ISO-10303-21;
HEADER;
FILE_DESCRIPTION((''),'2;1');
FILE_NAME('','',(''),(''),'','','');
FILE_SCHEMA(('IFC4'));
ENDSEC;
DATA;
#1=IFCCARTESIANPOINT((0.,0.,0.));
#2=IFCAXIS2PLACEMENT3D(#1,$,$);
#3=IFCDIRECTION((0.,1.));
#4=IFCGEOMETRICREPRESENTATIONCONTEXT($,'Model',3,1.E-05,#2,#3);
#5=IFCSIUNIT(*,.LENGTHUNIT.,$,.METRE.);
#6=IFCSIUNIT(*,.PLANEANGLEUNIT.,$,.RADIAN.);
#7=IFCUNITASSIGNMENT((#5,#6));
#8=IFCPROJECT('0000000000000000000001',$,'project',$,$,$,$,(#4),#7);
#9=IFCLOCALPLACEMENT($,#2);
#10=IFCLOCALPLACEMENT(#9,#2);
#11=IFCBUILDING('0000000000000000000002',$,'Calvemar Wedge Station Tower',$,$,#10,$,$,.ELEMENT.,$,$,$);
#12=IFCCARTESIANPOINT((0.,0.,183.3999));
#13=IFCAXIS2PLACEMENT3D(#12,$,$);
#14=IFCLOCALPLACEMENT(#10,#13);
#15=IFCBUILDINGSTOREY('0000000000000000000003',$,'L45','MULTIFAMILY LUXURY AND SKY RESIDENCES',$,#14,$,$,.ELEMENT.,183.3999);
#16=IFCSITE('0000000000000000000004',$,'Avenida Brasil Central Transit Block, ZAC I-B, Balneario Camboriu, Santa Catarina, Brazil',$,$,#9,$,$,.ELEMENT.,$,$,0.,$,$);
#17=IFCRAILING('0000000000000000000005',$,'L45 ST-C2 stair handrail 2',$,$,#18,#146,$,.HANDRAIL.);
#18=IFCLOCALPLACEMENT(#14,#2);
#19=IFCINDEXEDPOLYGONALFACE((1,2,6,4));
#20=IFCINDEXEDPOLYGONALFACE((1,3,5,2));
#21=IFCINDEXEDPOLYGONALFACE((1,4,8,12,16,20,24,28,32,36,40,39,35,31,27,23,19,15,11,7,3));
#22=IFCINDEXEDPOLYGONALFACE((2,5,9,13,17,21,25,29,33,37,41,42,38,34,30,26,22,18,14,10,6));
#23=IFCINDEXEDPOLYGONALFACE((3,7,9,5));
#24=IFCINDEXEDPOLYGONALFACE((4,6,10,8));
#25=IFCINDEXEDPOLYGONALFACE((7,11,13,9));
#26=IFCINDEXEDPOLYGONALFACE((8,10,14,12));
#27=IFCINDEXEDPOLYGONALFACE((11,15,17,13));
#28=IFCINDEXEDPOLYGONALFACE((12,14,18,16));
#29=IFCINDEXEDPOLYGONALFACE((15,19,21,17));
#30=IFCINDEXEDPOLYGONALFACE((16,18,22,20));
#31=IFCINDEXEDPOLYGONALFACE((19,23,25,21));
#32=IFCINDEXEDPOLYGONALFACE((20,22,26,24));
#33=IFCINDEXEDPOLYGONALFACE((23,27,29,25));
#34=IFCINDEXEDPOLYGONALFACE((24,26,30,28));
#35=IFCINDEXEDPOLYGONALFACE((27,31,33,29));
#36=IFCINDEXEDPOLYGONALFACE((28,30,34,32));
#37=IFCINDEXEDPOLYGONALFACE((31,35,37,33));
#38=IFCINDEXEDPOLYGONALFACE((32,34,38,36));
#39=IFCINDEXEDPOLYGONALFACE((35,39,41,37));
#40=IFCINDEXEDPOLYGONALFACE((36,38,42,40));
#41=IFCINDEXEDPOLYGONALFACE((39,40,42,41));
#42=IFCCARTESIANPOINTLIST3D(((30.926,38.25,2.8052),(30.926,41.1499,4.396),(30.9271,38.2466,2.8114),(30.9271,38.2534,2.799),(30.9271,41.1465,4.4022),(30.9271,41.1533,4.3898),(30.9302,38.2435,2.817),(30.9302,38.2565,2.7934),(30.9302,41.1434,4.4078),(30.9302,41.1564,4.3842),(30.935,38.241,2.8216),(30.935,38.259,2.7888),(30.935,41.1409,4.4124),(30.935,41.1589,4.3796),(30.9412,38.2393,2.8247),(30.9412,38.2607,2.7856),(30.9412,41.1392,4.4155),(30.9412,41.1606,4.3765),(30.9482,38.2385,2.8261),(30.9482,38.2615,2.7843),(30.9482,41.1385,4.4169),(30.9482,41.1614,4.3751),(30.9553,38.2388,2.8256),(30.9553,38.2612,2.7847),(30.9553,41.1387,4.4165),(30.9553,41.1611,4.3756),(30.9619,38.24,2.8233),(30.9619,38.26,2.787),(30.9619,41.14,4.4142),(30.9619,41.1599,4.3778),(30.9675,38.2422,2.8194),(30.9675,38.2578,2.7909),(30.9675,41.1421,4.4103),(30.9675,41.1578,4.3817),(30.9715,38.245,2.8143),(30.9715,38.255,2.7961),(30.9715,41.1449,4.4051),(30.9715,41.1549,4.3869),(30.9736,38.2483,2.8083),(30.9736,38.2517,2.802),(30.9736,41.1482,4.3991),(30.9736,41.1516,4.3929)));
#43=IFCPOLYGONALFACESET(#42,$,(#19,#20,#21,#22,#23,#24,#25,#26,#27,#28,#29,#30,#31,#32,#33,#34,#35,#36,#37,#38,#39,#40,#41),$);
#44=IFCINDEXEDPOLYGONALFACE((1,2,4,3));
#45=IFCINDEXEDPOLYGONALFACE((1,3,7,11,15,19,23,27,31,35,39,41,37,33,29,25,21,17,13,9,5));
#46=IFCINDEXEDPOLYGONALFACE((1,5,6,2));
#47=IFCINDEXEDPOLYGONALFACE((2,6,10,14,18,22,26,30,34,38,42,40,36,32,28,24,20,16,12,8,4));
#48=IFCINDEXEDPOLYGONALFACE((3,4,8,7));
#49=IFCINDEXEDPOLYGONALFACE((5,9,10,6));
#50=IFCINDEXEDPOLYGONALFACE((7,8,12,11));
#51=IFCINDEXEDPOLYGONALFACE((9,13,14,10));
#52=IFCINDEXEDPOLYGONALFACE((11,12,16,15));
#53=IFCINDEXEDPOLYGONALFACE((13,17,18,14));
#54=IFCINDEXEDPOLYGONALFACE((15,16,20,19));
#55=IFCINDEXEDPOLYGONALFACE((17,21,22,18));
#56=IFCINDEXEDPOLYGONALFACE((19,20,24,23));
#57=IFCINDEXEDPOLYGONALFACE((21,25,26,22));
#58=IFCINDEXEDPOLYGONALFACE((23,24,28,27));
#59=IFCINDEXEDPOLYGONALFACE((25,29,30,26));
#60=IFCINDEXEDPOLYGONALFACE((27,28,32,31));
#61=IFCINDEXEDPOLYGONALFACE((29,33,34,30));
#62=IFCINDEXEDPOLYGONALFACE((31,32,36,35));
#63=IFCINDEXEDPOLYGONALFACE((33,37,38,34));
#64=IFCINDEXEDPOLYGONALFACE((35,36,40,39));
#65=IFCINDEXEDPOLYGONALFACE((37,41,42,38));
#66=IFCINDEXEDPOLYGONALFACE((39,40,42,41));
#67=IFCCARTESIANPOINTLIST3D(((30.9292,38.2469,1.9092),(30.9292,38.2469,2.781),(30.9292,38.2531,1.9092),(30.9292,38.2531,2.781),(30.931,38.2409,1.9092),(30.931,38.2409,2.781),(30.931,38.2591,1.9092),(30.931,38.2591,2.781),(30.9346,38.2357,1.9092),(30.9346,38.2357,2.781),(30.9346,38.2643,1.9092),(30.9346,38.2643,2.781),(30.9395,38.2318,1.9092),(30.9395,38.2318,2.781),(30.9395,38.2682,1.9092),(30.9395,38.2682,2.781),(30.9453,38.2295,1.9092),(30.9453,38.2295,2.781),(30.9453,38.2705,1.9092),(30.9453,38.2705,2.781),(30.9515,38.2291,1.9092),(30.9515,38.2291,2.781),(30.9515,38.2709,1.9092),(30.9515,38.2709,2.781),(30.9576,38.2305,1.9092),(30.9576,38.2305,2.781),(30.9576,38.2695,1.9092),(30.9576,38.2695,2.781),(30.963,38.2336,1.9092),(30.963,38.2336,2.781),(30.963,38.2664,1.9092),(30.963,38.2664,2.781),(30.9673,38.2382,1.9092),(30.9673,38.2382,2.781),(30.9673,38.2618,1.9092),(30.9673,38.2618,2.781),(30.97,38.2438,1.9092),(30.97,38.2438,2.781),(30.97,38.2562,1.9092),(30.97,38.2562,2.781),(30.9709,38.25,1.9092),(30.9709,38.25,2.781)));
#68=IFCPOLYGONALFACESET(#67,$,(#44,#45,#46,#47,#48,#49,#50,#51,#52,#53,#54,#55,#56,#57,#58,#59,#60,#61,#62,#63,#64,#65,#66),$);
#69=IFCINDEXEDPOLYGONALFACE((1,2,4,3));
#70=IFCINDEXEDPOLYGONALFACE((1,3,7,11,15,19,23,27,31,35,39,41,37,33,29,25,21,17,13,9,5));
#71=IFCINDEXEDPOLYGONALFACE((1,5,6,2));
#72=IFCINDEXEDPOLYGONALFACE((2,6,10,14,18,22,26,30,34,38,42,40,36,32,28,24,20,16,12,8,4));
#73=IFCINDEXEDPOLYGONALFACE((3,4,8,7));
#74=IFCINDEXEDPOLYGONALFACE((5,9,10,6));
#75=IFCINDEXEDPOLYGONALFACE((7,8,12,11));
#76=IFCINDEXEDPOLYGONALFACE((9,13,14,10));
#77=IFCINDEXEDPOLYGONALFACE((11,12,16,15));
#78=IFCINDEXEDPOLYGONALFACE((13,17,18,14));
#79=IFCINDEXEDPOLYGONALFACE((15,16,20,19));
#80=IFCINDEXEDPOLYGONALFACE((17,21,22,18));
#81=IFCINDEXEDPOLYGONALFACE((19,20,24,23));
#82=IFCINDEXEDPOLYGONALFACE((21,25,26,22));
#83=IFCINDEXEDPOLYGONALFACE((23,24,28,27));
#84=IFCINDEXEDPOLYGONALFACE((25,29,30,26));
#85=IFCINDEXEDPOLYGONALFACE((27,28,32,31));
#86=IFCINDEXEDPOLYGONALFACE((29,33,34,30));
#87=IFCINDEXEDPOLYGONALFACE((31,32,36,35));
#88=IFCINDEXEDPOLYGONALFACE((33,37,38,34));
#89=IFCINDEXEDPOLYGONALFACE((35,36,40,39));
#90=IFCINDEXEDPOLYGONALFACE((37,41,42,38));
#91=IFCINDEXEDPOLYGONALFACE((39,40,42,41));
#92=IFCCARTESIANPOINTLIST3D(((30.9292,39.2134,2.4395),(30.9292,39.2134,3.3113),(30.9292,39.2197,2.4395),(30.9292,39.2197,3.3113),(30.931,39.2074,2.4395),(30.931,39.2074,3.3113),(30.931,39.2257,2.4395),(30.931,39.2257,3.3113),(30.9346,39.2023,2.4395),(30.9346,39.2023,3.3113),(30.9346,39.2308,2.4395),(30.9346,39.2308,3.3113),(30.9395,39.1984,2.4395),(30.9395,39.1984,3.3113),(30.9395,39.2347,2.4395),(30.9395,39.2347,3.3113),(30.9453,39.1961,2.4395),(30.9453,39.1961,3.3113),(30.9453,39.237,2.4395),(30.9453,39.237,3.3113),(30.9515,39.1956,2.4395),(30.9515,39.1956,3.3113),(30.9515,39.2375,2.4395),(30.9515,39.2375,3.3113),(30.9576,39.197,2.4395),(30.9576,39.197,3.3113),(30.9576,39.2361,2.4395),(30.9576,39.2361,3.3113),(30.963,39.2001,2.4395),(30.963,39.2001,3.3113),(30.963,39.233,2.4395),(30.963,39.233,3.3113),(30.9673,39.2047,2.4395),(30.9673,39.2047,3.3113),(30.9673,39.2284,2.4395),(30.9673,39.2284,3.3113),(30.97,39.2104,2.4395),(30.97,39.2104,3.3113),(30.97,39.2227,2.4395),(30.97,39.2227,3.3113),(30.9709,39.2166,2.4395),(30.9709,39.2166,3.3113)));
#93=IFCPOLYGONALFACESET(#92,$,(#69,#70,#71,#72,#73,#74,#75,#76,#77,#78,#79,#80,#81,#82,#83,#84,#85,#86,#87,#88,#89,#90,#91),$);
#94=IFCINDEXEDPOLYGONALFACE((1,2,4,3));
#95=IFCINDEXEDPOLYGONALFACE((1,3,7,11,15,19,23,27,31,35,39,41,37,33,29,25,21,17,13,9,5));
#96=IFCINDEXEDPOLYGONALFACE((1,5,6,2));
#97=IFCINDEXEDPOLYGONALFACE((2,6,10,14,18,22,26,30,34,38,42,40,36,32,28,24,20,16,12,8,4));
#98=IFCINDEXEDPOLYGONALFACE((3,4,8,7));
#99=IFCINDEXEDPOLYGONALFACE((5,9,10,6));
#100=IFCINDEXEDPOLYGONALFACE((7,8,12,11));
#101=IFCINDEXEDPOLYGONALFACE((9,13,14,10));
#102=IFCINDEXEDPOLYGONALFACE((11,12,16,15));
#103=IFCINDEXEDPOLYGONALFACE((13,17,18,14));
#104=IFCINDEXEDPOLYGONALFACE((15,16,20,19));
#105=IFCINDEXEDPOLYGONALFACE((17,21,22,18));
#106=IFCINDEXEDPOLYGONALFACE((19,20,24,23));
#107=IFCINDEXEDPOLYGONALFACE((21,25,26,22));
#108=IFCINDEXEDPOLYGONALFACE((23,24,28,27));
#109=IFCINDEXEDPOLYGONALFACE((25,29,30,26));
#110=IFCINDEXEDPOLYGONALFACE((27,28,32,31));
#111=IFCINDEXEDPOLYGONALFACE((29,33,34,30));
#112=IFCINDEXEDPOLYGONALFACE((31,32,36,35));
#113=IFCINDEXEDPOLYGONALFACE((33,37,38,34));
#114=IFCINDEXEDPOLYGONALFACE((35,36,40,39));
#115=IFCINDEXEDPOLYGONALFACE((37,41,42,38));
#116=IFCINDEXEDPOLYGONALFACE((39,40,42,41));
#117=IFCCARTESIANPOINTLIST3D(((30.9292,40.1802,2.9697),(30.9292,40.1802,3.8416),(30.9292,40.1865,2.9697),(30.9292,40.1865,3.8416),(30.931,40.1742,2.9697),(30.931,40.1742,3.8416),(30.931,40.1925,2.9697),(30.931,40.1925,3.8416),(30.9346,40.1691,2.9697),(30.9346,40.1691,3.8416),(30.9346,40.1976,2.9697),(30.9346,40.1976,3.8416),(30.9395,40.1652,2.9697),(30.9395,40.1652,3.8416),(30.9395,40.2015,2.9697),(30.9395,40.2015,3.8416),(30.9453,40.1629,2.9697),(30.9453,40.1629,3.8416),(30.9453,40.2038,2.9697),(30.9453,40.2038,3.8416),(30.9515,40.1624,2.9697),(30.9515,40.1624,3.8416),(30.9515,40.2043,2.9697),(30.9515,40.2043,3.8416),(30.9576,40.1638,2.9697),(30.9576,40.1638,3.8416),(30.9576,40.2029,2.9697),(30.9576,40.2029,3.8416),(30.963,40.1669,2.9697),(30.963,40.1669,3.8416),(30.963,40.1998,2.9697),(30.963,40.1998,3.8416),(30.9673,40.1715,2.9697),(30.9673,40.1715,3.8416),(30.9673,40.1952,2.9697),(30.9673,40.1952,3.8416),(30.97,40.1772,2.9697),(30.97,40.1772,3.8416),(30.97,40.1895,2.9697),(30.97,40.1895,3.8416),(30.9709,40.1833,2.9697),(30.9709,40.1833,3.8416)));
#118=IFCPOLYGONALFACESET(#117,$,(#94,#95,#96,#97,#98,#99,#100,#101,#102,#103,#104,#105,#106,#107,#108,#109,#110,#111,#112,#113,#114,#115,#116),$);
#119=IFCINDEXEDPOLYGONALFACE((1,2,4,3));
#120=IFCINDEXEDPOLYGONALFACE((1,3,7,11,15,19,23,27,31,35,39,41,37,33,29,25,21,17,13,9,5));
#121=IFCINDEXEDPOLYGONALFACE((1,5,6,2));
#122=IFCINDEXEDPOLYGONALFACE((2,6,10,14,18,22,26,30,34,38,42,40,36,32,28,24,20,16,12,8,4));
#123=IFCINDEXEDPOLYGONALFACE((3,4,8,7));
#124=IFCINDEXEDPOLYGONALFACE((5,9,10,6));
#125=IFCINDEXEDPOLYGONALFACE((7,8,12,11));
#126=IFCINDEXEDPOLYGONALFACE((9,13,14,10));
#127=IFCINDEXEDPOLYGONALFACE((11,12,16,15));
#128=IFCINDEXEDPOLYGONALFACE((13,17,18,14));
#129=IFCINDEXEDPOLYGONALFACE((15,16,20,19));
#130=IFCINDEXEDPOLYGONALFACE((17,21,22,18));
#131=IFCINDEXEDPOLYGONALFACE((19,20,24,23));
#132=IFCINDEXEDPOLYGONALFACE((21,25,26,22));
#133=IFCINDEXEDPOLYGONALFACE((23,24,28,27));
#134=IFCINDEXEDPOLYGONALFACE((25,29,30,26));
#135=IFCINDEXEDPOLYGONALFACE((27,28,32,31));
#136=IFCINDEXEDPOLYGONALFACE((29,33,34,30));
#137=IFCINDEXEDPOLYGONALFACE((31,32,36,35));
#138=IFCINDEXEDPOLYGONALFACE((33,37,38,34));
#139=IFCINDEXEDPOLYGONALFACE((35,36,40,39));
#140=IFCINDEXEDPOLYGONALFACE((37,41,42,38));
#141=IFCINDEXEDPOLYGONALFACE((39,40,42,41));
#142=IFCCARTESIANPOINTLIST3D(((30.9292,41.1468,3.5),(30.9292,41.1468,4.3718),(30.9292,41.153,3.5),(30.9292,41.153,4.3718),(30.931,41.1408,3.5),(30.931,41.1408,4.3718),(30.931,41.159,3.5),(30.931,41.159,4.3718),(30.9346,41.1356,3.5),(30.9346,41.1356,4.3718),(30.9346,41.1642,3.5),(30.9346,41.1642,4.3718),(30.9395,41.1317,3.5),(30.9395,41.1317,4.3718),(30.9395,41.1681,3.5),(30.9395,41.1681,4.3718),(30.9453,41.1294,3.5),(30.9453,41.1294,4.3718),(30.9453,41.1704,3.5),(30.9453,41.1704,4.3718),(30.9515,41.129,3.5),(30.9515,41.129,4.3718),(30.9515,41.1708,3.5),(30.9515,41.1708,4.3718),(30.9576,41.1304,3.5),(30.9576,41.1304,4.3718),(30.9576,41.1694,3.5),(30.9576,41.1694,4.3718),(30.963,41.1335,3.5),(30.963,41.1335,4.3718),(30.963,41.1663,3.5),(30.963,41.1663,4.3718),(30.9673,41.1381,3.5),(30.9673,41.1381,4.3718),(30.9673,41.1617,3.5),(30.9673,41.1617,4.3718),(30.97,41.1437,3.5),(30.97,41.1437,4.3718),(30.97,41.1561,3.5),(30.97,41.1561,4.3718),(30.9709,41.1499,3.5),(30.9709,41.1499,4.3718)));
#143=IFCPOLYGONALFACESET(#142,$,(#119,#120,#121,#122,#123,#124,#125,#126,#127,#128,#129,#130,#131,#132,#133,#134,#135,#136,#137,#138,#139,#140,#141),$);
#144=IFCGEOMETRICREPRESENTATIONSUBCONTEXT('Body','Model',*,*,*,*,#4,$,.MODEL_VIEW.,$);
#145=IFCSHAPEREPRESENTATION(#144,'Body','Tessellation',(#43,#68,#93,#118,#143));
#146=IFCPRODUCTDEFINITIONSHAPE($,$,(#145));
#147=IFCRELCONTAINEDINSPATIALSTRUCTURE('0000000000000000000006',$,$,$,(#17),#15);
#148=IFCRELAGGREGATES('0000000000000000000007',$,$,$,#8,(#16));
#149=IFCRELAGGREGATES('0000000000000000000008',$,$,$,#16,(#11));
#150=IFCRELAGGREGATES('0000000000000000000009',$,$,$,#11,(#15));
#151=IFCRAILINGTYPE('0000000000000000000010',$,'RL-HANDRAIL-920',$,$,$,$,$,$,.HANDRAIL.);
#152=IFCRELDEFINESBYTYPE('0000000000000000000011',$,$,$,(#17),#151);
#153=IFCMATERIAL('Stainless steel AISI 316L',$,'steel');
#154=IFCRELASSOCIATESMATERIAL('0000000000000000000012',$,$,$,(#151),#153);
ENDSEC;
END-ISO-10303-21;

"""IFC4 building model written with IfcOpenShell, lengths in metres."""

from ifc_helpers import new_model, si_unit, direction, frame, origin, origin_2d, place, context, subcontext, project, spatial, circle, extrude, material, type_object, element, save


model = new_model("IFC4")

# Units and contexts
model_context = context("Model", 3, precision=1e-05, world=origin(), true_north=direction((0.0, 1.0)))
body_context = subcontext(model_context, "Body", "Model", "MODEL_VIEW")
ifc_project = project(units=[si_unit("LENGTHUNIT", "METRE"), si_unit("PLANEANGLEUNIT", "RADIAN")], contexts=[model_context])

# Site, building, storey
site_placement = place(None, origin())
site = spatial("IfcSite", under=ifc_project, at=site_placement, Name="Avenida Brasil Central Transit Block, ZAC I-B, Balneario Camboriu, Santa Catarina, Brazil", CompositionType="ELEMENT", RefElevation=0.0)
building_placement = place(site_placement, origin())
building = spatial("IfcBuilding", under=site, at=building_placement, Name="Calvemar Wedge Station Tower", CompositionType="ELEMENT")
storey_placement = place(building_placement, frame((0.0, 0.0, 183.3999)))
storey = spatial("IfcBuildingStorey", under=building, at=storey_placement, Name="L45", Description="MULTIFAMILY LUXURY AND SKY RESIDENCES", CompositionType="ELEMENT", Elevation=183.3999)

# Railing
ifc_material_1 = material(Name="Stainless steel AISI 316L", Category="steel")
railing_type_1 = type_object("IfcRailingType", Name="RL-HANDRAIL-920", PredefinedType="HANDRAIL", material=ifc_material_1)
railing_1_placement = place(storey_placement, frame((30.95, 38.25, 1.9092)))
element("IfcRailing", 1, at=railing_1_placement, inside=storey, type_object=railing_type_1, Name="L45 ST-C2 stair handrail 2", PredefinedType="HANDRAIL", context=body_context, shape_type="SweptSolid", body=[
    extrude(circle(Radius=0.0239, at=origin_2d()), frame((0.0, 0.0, 0.896), z_axis=(0.0, 0.876742, 0.480961), x_axis=(-1.0, 0.0, 0.0)), (0.0, 0.0, 1.0), 3.3076),
    extrude(circle(Radius=0.021, at=origin_2d()), origin(), (0.0, 0.0, 1.0), 0.8718),
    extrude(circle(Radius=0.021, at=origin_2d()), frame((0.0, 0.9666, 0.5303)), (0.0, 0.0, 1.0), 0.8718),
    extrude(circle(Radius=0.021, at=origin_2d()), frame((0.0, 1.9333, 1.0605)), (0.0, 0.0, 1.0), 0.8718),
    extrude(circle(Radius=0.021, at=origin_2d()), frame((0.0, 2.8999, 1.5908)), (0.0, 0.0, 1.0), 0.8718),
])

save(model, "model.ifc")
